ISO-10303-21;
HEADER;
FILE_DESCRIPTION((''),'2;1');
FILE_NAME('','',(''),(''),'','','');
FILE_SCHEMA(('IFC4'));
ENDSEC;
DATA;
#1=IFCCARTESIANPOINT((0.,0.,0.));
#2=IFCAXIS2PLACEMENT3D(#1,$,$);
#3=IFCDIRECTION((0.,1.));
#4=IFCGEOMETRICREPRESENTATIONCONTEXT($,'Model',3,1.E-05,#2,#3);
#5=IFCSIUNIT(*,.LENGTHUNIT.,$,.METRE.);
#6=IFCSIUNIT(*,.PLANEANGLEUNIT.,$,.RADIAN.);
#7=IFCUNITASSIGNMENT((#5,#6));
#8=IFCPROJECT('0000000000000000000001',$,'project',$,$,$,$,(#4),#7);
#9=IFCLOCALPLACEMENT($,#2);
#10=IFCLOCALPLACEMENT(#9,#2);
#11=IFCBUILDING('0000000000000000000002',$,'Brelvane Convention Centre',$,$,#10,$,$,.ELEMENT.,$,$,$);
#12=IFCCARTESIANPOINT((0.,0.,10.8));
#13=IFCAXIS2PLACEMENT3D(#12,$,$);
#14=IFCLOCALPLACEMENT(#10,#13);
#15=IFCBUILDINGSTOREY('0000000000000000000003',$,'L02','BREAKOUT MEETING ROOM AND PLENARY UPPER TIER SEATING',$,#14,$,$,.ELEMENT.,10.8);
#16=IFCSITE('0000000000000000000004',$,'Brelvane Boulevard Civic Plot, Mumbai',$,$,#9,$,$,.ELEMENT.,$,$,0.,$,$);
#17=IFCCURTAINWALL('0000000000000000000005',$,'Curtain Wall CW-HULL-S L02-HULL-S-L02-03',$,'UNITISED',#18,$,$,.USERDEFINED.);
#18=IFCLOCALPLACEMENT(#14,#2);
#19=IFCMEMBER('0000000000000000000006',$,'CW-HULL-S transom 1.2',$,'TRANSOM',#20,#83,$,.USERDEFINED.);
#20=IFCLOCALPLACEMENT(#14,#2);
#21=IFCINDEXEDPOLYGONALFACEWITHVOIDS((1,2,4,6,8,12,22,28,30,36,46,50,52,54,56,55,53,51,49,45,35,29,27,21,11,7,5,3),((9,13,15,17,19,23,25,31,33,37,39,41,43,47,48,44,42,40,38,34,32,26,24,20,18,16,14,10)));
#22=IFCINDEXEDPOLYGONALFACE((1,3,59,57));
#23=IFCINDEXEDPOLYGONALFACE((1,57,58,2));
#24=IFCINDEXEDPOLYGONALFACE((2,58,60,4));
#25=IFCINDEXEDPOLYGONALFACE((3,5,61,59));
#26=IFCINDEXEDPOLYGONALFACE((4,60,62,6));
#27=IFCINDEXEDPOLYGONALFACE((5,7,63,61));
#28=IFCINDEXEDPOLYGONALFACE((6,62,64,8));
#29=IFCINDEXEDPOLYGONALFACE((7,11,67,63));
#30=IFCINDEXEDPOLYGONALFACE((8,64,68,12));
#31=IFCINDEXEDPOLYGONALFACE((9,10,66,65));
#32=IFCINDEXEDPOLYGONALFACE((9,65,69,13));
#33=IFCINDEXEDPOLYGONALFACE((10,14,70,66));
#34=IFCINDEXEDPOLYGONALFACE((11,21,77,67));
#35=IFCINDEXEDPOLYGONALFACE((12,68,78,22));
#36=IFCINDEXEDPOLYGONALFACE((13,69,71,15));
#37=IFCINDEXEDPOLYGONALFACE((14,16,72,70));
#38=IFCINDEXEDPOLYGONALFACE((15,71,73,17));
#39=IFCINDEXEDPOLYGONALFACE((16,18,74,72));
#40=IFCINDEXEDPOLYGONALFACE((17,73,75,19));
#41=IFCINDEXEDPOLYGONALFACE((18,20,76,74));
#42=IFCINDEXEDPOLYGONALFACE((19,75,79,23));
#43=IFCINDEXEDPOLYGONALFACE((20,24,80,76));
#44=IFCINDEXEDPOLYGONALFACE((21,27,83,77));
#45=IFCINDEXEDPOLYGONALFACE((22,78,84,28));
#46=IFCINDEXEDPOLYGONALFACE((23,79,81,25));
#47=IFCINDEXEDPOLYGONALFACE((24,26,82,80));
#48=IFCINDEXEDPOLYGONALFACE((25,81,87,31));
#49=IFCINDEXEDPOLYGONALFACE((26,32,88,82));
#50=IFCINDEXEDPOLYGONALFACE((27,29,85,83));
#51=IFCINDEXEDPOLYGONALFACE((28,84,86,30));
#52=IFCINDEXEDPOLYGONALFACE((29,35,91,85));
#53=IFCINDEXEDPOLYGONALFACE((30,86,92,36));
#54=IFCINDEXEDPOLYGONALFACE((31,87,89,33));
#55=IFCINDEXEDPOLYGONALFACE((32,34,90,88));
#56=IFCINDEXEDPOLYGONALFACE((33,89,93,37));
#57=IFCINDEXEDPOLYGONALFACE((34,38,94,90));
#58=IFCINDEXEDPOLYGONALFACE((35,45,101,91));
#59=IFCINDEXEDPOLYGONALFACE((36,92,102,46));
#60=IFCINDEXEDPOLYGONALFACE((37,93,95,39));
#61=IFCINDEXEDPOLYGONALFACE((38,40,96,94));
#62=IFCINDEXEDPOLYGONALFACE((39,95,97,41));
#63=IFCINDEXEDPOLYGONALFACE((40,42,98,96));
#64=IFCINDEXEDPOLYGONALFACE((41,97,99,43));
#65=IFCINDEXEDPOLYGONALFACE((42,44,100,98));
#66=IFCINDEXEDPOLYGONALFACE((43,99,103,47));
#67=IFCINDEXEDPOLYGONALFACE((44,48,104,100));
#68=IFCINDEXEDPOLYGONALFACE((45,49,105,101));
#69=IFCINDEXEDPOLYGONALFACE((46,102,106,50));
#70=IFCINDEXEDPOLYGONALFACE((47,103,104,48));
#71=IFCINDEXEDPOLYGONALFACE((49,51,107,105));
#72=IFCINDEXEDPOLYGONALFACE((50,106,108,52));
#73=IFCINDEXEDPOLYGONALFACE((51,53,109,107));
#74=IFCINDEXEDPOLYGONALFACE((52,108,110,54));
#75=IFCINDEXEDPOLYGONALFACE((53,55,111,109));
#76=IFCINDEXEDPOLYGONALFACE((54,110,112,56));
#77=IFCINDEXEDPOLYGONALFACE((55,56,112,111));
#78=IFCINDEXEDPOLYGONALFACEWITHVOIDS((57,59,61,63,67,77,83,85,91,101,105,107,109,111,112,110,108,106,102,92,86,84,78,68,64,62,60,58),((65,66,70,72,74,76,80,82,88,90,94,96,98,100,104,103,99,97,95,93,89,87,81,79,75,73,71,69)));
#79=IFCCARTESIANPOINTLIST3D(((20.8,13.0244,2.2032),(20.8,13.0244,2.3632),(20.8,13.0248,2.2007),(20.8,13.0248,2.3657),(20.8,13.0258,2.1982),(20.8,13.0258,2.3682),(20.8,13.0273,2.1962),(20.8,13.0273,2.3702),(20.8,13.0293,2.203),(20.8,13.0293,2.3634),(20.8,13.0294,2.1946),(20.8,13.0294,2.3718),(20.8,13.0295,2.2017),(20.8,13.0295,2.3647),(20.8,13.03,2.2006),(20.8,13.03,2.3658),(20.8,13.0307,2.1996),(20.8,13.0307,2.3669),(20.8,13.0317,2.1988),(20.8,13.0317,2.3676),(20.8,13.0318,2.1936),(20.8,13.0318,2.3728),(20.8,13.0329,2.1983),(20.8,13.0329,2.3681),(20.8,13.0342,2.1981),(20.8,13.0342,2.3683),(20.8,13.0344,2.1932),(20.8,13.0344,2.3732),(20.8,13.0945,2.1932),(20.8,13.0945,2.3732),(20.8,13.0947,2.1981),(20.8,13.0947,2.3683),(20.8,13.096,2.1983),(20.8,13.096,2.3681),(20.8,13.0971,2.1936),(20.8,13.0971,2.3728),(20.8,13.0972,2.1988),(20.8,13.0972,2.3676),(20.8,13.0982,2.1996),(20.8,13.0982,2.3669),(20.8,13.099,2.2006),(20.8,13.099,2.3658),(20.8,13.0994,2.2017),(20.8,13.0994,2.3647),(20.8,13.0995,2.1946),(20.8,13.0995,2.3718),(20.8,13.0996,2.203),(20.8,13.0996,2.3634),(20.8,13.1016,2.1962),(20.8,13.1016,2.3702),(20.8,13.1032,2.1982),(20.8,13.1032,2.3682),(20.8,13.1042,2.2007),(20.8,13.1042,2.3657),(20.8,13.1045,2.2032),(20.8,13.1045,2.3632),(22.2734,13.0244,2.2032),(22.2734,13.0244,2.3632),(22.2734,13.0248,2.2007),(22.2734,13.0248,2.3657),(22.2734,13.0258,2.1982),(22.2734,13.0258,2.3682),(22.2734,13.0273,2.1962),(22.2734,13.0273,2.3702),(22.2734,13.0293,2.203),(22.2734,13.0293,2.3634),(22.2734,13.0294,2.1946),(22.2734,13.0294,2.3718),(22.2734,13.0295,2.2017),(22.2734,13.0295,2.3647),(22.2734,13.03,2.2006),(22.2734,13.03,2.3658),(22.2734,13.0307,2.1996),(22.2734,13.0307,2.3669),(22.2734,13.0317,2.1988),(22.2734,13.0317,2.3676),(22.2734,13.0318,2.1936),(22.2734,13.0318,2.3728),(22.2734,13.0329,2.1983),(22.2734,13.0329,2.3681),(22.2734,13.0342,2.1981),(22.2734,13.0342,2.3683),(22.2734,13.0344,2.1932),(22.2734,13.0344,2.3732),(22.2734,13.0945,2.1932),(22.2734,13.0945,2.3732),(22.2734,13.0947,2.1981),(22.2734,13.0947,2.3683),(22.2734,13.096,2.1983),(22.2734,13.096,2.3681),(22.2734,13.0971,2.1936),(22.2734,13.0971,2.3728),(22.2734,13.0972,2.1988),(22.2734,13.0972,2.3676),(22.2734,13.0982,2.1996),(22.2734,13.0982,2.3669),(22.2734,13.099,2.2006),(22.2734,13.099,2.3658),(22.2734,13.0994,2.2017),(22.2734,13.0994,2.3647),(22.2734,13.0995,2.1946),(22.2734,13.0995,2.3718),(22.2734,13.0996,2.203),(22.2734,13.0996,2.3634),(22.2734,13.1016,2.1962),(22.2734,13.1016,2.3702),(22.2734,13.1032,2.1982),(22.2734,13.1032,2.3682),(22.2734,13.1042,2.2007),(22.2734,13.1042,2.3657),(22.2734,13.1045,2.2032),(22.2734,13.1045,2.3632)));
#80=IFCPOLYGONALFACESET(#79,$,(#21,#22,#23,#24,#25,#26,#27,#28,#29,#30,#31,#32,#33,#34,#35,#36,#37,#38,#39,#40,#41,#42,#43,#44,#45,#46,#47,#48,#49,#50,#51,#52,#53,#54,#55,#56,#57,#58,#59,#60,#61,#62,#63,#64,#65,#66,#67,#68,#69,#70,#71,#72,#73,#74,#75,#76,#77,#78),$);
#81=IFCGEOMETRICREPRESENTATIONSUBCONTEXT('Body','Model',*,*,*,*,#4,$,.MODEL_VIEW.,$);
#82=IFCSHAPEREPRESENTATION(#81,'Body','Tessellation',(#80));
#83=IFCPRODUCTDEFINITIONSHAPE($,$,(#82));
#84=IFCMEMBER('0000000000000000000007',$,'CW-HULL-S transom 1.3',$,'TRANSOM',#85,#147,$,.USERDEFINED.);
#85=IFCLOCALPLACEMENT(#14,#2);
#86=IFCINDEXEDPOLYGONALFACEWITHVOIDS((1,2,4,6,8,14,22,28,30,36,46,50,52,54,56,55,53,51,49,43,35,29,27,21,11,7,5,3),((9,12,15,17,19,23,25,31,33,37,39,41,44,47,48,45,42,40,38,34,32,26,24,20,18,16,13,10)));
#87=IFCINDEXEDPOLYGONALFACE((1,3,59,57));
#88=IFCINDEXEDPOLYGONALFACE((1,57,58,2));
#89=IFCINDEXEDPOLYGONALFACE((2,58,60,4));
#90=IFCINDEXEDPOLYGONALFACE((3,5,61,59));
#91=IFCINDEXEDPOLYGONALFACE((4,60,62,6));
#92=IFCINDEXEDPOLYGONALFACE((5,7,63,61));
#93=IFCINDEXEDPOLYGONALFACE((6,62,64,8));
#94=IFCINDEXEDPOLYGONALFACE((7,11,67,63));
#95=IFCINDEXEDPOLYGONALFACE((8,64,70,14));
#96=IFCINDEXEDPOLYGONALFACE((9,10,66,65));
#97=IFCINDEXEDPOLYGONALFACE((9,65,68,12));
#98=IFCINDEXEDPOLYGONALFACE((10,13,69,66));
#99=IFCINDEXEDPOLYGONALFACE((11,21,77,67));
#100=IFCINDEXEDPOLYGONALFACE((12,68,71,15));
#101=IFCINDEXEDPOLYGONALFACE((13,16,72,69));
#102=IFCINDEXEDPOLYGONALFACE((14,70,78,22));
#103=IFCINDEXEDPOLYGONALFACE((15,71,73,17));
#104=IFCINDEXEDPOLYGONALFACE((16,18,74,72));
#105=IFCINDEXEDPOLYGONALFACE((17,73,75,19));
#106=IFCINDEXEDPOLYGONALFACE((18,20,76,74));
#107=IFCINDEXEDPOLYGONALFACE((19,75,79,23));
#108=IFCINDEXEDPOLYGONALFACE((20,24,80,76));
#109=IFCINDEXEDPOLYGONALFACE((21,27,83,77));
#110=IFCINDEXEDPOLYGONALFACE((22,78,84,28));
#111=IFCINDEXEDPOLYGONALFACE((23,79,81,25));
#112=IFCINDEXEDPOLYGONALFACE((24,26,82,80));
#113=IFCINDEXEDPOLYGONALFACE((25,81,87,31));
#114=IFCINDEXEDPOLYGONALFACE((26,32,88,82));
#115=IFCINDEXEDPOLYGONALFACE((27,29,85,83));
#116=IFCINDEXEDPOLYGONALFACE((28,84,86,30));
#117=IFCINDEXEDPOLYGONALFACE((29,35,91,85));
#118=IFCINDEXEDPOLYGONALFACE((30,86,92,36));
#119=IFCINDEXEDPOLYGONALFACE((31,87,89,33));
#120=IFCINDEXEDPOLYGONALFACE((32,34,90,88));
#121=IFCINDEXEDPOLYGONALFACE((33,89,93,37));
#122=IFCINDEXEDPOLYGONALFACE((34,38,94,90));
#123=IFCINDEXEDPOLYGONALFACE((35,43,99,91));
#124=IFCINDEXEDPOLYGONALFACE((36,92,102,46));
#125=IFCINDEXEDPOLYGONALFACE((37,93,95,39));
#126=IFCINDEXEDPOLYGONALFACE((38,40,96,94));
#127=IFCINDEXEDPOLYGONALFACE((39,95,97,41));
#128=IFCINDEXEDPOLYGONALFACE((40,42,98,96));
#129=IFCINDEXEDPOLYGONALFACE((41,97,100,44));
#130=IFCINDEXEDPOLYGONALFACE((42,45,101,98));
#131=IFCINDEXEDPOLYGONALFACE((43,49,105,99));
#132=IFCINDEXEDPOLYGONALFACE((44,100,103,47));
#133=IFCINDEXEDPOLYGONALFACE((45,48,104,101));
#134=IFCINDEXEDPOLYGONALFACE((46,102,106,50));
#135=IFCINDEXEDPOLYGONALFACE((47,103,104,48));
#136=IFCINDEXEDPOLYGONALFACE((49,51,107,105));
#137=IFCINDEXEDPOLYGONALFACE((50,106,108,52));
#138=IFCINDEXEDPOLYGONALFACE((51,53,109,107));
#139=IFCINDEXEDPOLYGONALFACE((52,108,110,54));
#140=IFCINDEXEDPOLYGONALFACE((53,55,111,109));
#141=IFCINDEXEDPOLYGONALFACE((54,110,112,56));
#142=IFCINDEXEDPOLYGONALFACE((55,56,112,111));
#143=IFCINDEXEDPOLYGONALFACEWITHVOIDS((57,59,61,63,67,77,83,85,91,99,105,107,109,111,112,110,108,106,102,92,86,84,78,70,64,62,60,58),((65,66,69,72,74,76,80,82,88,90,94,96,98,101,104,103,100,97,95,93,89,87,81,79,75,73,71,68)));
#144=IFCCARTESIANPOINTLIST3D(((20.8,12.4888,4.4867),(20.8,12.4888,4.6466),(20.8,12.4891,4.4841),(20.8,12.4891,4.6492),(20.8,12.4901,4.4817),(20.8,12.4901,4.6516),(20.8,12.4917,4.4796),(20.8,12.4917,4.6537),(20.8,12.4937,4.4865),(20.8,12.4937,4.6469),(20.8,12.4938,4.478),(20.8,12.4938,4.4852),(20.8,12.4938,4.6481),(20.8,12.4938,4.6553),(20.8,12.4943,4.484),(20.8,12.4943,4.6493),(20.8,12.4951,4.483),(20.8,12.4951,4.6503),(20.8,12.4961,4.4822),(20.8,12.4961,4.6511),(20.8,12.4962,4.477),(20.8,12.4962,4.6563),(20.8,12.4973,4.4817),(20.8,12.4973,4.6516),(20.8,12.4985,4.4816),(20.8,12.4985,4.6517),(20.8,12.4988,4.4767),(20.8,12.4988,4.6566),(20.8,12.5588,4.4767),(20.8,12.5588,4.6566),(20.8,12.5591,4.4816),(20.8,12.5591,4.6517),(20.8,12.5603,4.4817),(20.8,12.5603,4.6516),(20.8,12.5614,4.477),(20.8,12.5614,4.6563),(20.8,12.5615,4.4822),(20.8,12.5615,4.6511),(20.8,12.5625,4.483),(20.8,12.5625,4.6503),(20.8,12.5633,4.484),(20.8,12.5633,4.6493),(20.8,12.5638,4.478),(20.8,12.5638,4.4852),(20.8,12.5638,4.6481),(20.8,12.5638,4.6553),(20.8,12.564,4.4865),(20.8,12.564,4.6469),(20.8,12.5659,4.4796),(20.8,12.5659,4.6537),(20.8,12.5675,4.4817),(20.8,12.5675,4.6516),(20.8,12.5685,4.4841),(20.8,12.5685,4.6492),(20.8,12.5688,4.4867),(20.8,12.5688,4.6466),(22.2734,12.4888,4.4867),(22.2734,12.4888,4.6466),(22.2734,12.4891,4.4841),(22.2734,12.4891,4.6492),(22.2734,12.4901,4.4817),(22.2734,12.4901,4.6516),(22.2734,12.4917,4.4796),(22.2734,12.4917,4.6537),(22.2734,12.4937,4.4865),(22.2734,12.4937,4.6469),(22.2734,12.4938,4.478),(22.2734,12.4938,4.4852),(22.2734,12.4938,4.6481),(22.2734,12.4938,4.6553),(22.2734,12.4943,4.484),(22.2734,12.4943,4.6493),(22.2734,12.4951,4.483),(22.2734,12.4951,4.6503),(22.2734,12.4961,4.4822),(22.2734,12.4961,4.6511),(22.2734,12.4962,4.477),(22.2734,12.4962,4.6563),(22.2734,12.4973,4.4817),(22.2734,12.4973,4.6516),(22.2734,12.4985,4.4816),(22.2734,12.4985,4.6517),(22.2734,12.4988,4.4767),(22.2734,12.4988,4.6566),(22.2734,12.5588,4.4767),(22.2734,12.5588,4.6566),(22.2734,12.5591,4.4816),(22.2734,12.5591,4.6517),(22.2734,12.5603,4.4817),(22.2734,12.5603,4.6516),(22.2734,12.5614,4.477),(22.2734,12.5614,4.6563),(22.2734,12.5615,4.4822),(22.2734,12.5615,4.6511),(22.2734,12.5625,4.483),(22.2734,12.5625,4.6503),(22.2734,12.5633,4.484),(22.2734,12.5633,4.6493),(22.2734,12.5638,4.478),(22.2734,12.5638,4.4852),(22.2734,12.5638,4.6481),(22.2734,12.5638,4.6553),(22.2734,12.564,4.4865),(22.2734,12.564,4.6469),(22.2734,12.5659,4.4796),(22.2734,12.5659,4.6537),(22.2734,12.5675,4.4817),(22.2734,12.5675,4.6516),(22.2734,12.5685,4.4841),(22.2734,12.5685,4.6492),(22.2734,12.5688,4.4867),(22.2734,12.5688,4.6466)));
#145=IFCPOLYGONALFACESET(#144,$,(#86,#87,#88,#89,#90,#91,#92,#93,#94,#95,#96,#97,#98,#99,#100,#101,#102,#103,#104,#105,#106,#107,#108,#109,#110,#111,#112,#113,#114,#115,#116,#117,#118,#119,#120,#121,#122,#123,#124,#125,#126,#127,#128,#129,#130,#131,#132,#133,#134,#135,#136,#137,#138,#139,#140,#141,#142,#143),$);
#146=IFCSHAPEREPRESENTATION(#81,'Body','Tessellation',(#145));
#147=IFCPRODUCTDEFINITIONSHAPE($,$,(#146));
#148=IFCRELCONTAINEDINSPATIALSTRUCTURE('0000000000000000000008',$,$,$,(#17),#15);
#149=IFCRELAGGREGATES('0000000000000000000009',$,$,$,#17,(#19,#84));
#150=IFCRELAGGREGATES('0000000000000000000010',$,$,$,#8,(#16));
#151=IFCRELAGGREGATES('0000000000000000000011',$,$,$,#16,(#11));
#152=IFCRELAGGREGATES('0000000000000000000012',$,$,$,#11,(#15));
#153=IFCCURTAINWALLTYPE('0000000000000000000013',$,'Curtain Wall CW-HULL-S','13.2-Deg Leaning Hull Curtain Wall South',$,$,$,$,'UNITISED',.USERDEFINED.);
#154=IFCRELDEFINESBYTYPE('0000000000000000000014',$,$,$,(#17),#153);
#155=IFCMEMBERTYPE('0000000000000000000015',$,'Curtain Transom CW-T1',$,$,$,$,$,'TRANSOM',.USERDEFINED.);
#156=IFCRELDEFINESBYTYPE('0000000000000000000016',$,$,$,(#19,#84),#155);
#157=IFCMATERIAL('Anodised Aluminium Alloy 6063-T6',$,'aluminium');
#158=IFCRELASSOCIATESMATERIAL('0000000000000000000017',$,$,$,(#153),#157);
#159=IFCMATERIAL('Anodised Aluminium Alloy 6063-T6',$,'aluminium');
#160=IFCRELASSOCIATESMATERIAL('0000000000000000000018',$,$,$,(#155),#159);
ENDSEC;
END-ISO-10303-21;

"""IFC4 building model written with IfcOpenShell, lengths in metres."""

from ifc_helpers import new_model, si_unit, direction, frame, origin, origin_2d, place, context, subcontext, project, spatial, hollow_rectangle, extrude, material, material_profile, profile_set, type_object, element, aggregate, save


model = new_model("IFC4")

# Units and contexts
model_context = context("Model", 3, precision=1e-05, world=origin(), true_north=direction((0.0, 1.0)))
body_context = subcontext(model_context, "Body", "Model", "MODEL_VIEW")
ifc_project = project(units=[si_unit("LENGTHUNIT", "METRE"), si_unit("PLANEANGLEUNIT", "RADIAN")], contexts=[model_context])

# Site, building, storey
site_placement = place(None, origin())
site = spatial("IfcSite", under=ifc_project, at=site_placement, Name="Brelvane Boulevard Civic Plot, Mumbai", CompositionType="ELEMENT", RefElevation=0.0)
building_placement = place(site_placement, origin())
building = spatial("IfcBuilding", under=site, at=building_placement, Name="Brelvane Convention Centre", CompositionType="ELEMENT")
storey_placement = place(building_placement, frame((0.0, 0.0, 10.8)))
storey = spatial("IfcBuildingStorey", under=building, at=storey_placement, Name="L02", Description="BREAKOUT MEETING ROOM AND PLENARY UPPER TIER SEATING", CompositionType="ELEMENT", Elevation=10.8)

# Curtain wall, members
ifc_material_1 = material(Name="Anodised Aluminium Alloy 6063-T6", Category="aluminium")
curtain_wall_type = type_object("IfcCurtainWallType", Name="Curtain Wall CW-HULL-S", Description="13.2-Deg Leaning Hull Curtain Wall South", ElementType="UNITISED", PredefinedType="USERDEFINED", material=ifc_material_1)
curtain_wall_1_placement = place(storey_placement, origin())
curtain_wall_1 = element("IfcCurtainWall", 1, at=curtain_wall_1_placement, inside=storey, type_object=curtain_wall_type, Name="Curtain Wall CW-HULL-S L02-HULL-S-L02-03", ObjectType="UNITISED", PredefinedType="USERDEFINED")
ifc_material_2 = material(Name="Anodised Aluminium Alloy 6063-T6", Category="aluminium")
ifc_material_profile = material_profile(ifc_material_2, hollow_rectangle(XDim=0.0801, YDim=0.1799, WallThickness=0.0049, InnerFilletRadius=0.0049, OuterFilletRadius=0.01, at=origin_2d()), Name="ALU-T 180x80x5.0")
ifc_profile_set = profile_set([ifc_material_profile], Name="Anodised Aluminium Alloy 6063-T6")
member_type = type_object("IfcMemberType", Name="Curtain Transom CW-T1", ElementType="TRANSOM", PredefinedType="USERDEFINED", material=ifc_profile_set)
member_1_placement = place(storey_placement, frame((20.8, 13.0645, 2.2832), z_axis=(1.0, 0.0, 0.0), x_axis=(0.0, 1.0, 0.0)))
member_1 = element("IfcMember", 2, at=member_1_placement, type_object=member_type, Name="CW-HULL-S transom 1.2", ObjectType="TRANSOM", PredefinedType="USERDEFINED", context=body_context, shape_type="SweptSolid", body=[
    extrude(hollow_rectangle(XDim=0.0801, YDim=0.1799, WallThickness=0.0049, InnerFilletRadius=0.0049, OuterFilletRadius=0.01, at=origin_2d()), origin(), (0.0, 0.0, 1.0), 1.4734),
])
member_2_placement = place(storey_placement, frame((20.8, 12.5288, 4.5667), z_axis=(1.0, 0.0, 0.0), x_axis=(0.0, 1.0, 0.0)))
member_2 = element("IfcMember", 3, at=member_2_placement, type_object=member_type, Name="CW-HULL-S transom 1.3", ObjectType="TRANSOM", PredefinedType="USERDEFINED", context=body_context, shape_type="SweptSolid", body=[
    extrude(hollow_rectangle(XDim=0.0801, YDim=0.1799, WallThickness=0.0049, InnerFilletRadius=0.0049, OuterFilletRadius=0.01, at=origin_2d()), origin(), (0.0, 0.0, 1.0), 1.4734),
])

aggregate(curtain_wall_1, [member_1, member_2])

save(model, "model.ifc")
